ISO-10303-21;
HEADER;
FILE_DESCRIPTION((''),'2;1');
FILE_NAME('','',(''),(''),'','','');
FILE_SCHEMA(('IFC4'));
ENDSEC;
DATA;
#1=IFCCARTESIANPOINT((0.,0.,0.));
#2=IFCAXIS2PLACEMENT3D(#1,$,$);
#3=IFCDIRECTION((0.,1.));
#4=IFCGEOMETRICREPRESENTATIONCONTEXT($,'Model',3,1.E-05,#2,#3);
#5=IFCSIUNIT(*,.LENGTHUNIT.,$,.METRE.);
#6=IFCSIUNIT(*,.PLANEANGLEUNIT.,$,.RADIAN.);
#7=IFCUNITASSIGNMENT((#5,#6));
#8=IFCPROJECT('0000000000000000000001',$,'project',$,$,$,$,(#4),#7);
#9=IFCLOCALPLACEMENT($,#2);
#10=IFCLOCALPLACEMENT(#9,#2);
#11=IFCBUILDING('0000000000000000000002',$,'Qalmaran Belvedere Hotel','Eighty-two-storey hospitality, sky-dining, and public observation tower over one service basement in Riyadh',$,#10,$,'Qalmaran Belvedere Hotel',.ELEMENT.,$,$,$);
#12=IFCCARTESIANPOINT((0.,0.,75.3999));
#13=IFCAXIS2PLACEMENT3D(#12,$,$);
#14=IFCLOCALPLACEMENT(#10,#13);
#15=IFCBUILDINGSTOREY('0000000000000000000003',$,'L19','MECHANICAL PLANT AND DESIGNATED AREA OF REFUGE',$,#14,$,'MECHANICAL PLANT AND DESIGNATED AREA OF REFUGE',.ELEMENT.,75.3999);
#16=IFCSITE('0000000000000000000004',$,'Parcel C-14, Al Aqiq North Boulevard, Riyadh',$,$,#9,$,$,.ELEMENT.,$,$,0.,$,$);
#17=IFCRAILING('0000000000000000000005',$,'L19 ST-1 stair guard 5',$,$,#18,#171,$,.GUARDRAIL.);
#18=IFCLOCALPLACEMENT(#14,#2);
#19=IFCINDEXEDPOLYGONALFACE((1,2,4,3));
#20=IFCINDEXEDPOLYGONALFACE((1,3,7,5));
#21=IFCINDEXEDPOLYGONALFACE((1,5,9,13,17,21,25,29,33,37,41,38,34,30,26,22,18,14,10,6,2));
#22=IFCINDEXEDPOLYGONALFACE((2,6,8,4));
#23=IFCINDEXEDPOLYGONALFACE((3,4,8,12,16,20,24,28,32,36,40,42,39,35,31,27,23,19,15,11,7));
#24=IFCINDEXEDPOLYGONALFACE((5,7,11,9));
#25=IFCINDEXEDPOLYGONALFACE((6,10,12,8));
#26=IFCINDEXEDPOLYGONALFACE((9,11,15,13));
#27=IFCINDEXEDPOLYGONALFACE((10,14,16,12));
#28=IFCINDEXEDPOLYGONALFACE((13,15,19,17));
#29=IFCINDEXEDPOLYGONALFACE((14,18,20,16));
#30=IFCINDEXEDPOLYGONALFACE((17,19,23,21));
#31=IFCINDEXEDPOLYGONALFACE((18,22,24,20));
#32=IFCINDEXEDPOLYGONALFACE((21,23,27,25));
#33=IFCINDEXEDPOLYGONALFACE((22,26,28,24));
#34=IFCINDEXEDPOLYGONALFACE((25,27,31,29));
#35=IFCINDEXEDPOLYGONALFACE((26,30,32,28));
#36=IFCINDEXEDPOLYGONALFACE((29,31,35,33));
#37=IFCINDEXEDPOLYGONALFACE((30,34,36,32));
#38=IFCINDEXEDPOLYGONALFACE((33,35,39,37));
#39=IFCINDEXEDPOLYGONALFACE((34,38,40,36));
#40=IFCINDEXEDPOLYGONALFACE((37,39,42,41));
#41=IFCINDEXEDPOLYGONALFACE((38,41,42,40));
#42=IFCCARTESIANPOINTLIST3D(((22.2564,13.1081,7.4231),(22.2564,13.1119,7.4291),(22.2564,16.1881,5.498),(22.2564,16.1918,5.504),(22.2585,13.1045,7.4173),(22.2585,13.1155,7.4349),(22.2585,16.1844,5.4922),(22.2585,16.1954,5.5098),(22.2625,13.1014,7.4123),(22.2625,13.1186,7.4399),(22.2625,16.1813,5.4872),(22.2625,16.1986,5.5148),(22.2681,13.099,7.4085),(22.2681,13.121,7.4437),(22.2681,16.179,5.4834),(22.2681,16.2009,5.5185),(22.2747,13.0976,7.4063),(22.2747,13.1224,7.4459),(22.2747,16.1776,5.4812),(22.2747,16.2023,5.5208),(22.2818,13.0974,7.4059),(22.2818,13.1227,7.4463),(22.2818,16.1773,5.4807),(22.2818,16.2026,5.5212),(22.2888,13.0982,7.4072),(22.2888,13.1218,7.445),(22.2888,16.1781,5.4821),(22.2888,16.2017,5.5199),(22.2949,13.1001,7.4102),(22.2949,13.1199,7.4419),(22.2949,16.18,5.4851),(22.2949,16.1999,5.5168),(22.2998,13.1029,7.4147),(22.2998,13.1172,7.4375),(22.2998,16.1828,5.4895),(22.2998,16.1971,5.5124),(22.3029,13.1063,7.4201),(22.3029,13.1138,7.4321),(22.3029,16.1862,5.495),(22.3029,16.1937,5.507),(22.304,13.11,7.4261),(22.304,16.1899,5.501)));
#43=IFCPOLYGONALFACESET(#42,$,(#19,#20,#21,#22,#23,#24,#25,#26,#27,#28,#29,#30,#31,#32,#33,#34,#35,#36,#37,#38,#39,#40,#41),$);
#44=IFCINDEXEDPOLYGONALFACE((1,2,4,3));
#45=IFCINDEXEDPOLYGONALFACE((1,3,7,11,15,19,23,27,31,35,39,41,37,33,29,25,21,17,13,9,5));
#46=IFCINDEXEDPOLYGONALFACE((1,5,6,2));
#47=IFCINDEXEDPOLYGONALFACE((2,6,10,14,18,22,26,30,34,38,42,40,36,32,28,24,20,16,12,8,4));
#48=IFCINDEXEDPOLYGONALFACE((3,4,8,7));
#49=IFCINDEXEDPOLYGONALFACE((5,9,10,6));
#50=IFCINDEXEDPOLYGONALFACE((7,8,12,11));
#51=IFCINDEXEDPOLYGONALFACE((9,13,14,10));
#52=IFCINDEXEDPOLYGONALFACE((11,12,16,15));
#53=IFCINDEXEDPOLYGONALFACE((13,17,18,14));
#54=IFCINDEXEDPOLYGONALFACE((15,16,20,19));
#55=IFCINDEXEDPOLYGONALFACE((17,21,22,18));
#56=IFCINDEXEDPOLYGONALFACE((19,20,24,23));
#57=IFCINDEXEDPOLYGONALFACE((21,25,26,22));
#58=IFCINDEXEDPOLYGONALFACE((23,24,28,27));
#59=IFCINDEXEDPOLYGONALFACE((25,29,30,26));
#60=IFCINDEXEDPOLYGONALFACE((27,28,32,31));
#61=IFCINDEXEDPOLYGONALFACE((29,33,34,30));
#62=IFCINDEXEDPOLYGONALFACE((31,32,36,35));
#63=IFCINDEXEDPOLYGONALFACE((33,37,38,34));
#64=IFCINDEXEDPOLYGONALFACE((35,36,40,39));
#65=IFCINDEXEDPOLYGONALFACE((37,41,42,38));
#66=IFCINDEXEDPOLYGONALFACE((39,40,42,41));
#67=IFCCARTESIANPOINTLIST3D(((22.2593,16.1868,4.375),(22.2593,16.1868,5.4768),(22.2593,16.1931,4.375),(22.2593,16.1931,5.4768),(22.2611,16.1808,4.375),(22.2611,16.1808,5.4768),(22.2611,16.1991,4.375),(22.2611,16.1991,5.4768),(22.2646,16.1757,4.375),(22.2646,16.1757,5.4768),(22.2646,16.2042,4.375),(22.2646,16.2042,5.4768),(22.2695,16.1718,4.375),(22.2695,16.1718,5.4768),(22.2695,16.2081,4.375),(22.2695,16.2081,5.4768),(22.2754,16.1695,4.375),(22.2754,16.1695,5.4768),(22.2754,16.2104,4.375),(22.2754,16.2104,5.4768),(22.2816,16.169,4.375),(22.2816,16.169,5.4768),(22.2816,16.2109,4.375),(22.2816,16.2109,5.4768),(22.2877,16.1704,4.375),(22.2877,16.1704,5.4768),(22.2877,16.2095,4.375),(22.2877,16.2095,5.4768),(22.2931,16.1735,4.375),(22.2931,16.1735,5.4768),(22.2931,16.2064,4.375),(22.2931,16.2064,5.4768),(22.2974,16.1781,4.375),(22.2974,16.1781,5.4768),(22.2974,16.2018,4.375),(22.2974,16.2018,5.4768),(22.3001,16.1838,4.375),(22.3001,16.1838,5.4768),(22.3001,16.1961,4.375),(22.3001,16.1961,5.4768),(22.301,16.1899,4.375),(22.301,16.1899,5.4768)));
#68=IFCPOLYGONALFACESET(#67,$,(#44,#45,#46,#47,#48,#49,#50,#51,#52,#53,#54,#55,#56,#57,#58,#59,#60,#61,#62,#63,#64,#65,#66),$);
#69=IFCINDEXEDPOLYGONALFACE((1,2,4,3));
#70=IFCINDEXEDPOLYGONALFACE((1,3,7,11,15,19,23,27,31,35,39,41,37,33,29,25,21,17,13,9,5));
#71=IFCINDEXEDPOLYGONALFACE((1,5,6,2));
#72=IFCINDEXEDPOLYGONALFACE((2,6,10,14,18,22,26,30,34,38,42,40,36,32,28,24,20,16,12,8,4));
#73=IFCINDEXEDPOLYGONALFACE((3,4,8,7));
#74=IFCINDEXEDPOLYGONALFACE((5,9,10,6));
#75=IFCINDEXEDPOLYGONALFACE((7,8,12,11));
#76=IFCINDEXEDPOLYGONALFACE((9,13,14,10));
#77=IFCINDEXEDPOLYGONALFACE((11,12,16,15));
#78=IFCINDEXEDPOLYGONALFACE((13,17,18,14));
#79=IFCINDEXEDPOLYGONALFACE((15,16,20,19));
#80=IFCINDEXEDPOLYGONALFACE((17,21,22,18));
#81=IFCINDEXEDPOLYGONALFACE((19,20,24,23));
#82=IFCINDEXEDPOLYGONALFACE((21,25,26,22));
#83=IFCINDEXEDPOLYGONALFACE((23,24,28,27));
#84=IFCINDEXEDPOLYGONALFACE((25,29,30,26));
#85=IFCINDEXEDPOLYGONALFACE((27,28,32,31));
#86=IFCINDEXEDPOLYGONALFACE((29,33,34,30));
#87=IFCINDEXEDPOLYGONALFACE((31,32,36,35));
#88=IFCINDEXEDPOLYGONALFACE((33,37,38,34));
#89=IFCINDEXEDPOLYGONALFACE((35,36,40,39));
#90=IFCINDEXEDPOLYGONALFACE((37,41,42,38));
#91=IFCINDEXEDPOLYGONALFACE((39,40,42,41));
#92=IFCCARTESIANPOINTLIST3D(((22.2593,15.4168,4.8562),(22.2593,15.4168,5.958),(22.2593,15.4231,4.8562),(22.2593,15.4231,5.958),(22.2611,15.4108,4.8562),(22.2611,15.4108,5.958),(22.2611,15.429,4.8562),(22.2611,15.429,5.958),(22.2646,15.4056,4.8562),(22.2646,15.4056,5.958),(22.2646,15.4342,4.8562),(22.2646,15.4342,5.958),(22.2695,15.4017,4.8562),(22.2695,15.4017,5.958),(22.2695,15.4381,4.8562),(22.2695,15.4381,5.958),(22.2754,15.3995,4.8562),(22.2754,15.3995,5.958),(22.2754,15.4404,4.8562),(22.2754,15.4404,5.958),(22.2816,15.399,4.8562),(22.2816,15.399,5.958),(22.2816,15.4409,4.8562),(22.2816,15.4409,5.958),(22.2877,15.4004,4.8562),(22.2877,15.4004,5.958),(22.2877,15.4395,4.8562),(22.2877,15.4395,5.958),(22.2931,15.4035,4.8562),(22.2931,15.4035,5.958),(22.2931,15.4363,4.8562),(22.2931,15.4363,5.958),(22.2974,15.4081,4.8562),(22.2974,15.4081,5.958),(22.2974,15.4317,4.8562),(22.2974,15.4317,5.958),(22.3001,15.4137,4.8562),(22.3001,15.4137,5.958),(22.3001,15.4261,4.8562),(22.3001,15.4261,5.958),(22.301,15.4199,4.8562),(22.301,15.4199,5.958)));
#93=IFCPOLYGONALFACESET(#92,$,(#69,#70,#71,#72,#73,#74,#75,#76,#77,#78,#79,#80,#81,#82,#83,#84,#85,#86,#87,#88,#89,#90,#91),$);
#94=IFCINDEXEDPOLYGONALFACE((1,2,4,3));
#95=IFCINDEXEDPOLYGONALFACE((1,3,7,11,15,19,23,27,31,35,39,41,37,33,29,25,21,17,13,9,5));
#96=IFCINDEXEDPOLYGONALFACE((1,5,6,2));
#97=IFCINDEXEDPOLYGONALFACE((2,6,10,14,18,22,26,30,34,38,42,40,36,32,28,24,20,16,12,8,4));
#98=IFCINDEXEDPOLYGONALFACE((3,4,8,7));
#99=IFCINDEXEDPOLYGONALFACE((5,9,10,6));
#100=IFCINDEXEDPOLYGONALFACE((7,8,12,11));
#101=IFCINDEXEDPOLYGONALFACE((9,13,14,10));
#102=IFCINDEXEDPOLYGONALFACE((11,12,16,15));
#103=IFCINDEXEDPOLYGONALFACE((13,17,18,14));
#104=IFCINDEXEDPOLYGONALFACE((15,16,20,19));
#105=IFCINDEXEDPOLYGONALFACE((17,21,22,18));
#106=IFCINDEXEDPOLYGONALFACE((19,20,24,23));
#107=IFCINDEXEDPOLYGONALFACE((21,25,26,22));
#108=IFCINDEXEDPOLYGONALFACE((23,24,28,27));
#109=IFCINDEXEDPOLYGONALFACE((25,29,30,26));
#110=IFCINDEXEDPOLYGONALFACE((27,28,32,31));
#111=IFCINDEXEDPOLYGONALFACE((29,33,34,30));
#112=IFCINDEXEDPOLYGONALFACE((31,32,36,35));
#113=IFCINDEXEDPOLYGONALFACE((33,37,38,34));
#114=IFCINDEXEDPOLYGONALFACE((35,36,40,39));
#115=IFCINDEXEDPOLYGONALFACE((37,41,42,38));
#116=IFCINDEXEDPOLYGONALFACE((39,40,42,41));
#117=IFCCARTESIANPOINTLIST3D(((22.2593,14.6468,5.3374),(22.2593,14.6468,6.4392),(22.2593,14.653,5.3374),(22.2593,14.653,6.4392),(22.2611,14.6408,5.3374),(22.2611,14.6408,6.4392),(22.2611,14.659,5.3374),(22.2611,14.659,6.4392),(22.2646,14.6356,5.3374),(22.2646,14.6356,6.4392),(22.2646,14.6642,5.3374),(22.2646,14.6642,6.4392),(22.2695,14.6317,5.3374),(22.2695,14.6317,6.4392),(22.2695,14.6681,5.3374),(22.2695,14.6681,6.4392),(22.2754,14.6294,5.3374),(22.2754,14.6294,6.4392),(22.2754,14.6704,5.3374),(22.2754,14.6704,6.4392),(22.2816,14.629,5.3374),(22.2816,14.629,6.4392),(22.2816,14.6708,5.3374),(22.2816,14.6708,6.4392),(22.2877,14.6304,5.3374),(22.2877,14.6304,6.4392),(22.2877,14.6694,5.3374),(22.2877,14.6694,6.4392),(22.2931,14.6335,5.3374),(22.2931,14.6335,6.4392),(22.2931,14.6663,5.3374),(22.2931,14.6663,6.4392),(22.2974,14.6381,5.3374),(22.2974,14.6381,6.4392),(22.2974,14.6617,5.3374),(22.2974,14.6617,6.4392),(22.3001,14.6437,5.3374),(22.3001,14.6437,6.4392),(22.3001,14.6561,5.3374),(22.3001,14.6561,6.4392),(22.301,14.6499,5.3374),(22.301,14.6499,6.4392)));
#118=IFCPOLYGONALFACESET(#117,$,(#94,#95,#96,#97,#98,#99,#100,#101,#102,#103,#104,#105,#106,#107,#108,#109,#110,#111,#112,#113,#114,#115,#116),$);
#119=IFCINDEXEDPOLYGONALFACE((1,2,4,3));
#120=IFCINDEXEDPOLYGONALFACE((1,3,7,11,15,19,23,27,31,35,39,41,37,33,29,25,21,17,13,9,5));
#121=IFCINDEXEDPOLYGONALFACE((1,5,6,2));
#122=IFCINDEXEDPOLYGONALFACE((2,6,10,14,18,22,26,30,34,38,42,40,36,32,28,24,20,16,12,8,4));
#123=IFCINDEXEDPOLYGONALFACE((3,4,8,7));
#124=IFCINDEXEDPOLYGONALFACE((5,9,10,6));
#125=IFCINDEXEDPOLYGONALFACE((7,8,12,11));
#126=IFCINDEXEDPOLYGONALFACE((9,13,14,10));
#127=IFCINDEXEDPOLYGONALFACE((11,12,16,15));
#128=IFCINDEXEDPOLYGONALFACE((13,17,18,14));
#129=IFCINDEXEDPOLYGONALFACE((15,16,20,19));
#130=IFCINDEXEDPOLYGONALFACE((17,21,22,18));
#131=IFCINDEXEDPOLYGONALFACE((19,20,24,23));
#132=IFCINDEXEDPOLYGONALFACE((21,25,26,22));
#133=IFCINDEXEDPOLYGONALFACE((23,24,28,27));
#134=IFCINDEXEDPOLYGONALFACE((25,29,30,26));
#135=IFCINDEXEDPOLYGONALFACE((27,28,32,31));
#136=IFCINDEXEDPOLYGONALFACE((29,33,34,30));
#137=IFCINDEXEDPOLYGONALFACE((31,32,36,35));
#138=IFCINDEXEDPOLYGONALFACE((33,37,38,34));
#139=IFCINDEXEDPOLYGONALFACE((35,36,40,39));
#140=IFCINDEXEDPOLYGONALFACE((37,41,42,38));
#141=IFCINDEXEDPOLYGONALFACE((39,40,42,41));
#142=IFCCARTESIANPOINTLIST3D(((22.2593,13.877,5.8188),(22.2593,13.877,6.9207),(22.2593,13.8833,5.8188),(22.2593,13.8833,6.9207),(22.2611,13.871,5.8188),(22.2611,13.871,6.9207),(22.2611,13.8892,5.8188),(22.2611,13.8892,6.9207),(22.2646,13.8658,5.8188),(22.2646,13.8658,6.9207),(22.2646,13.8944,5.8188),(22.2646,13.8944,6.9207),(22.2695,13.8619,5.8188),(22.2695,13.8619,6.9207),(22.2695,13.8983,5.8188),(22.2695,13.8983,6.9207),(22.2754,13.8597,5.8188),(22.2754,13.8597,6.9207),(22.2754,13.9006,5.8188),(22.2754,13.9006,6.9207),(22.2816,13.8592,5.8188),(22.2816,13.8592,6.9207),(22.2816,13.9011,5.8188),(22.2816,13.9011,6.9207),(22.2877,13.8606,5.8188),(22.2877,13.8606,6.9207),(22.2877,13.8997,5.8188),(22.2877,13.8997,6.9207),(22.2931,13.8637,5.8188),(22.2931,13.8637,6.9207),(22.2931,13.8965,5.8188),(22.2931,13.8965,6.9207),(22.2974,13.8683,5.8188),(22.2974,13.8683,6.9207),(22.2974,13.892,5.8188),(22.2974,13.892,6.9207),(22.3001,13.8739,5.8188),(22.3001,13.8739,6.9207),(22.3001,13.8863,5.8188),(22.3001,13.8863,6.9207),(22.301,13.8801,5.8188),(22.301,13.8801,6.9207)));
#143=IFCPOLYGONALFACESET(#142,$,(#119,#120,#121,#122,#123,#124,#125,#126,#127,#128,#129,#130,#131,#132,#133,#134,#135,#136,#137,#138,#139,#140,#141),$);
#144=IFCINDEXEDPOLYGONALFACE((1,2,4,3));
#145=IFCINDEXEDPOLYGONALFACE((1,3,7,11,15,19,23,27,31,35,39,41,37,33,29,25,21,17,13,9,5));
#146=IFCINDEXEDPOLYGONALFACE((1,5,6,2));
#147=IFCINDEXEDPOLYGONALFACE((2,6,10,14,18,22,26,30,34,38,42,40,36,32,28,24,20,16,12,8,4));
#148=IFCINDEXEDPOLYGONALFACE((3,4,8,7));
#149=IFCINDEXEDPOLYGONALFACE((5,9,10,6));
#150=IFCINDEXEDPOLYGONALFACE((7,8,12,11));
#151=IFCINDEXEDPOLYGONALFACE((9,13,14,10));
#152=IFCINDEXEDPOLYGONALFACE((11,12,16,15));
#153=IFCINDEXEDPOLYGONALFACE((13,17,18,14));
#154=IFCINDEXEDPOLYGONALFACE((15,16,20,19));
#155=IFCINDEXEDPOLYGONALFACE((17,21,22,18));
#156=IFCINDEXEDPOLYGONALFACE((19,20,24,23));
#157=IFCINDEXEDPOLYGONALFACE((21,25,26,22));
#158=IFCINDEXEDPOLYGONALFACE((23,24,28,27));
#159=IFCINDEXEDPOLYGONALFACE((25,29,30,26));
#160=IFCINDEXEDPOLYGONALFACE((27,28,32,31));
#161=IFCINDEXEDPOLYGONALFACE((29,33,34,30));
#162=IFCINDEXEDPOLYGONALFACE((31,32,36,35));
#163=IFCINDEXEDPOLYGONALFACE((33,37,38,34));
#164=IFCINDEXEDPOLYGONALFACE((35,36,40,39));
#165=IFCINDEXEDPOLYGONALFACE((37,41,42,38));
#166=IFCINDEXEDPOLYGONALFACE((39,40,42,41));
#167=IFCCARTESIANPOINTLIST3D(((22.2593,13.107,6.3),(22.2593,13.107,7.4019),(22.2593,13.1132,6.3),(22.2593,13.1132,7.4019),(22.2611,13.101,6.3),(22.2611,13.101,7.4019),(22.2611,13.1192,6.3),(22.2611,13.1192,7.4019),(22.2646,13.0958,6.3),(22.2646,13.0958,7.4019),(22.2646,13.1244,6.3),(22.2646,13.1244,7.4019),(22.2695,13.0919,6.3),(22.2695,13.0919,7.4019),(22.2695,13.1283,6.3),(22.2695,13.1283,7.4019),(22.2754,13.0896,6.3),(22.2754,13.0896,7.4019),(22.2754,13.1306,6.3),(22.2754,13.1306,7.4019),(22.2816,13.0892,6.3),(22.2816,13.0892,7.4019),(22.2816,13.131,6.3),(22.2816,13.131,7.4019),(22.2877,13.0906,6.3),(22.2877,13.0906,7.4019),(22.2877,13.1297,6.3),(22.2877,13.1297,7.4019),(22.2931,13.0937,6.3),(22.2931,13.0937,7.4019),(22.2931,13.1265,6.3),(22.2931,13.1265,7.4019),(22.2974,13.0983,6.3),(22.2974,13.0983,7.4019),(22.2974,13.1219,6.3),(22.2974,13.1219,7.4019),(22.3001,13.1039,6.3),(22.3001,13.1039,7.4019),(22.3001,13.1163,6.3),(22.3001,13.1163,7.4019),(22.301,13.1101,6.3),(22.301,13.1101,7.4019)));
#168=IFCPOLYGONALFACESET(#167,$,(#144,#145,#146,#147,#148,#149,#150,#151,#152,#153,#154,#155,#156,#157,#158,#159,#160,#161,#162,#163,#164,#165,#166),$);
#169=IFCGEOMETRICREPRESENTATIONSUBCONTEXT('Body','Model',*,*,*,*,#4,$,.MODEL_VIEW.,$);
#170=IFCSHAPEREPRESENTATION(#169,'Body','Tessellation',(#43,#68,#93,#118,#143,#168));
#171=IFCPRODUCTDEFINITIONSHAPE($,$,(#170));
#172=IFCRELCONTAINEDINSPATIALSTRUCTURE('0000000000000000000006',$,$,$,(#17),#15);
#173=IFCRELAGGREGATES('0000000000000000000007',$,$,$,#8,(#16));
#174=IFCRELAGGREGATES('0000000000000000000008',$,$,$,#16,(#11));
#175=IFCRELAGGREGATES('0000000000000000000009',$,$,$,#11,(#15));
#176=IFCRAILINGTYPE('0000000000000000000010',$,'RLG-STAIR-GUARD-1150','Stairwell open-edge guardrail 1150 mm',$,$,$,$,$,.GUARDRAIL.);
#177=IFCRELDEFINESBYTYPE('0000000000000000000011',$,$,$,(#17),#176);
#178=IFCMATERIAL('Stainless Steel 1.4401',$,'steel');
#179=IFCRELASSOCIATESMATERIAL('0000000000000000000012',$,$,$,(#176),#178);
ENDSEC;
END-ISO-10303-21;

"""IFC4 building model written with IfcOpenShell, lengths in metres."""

from ifc_helpers import new_model, si_unit, direction, frame, origin, origin_2d, place, context, subcontext, project, spatial, circle, extrude, material, type_object, element, save


model = new_model("IFC4")

# Units and contexts
model_context = context("Model", 3, precision=1e-05, world=origin(), true_north=direction((0.0, 1.0)))
body_context = subcontext(model_context, "Body", "Model", "MODEL_VIEW")
ifc_project = project(units=[si_unit("LENGTHUNIT", "METRE"), si_unit("PLANEANGLEUNIT", "RADIAN")], contexts=[model_context])

# Site, building, storey
site_placement = place(None, origin())
site = spatial("IfcSite", under=ifc_project, at=site_placement, Name="Parcel C-14, Al Aqiq North Boulevard, Riyadh", CompositionType="ELEMENT", RefElevation=0.0)
building_placement = place(site_placement, origin())
building = spatial("IfcBuilding", under=site, at=building_placement, Name="Qalmaran Belvedere Hotel", Description="Eighty-two-storey hospitality, sky-dining, and public observation tower over one service basement in Riyadh", LongName="Qalmaran Belvedere Hotel", CompositionType="ELEMENT")
storey_placement = place(building_placement, frame((0.0, 0.0, 75.3999)))
storey = spatial("IfcBuildingStorey", under=building, at=storey_placement, Name="L19", Description="MECHANICAL PLANT AND DESIGNATED AREA OF REFUGE", LongName="MECHANICAL PLANT AND DESIGNATED AREA OF REFUGE", CompositionType="ELEMENT", Elevation=75.3999)

# Railing
ifc_material_1 = material(Name="Stainless Steel 1.4401", Category="steel")
railing_type_1 = type_object("IfcRailingType", Name="RLG-STAIR-GUARD-1150", Description="Stairwell open-edge guardrail 1150 mm", PredefinedType="GUARDRAIL", material=ifc_material_1)
railing_1_placement = place(storey_placement, frame((22.28, 16.1899, 4.375)))
element("IfcRailing", 1, at=railing_1_placement, inside=storey, type_object=railing_type_1, Name="L19 ST-1 stair guard 5", PredefinedType="GUARDRAIL", context=body_context, shape_type="SweptSolid", body=[
    extrude(circle(Radius=0.0239, at=origin_2d()), frame((0.0, 0.0, 1.126), z_axis=(0.0, -0.847979, 0.530029), x_axis=(1.0, 0.0, 0.0)), (0.0, 0.0, 1.0), 3.6321),
    extrude(circle(Radius=0.021, at=origin_2d()), origin(), (0.0, 0.0, 1.0), 1.1018),
    extrude(circle(Radius=0.021, at=origin_2d()), frame((0.0, -0.77, 0.4812)), (0.0, 0.0, 1.0), 1.1018),
    extrude(circle(Radius=0.021, at=origin_2d()), frame((0.0, -1.54, 0.9624)), (0.0, 0.0, 1.0), 1.1018),
    extrude(circle(Radius=0.021, at=origin_2d()), frame((0.0, -2.3098, 1.4438)), (0.0, 0.0, 1.0), 1.1018),
    extrude(circle(Radius=0.021, at=origin_2d()), frame((0.0, -3.0798, 1.925)), (0.0, 0.0, 1.0), 1.1018),
])

save(model, "model.ifc")
